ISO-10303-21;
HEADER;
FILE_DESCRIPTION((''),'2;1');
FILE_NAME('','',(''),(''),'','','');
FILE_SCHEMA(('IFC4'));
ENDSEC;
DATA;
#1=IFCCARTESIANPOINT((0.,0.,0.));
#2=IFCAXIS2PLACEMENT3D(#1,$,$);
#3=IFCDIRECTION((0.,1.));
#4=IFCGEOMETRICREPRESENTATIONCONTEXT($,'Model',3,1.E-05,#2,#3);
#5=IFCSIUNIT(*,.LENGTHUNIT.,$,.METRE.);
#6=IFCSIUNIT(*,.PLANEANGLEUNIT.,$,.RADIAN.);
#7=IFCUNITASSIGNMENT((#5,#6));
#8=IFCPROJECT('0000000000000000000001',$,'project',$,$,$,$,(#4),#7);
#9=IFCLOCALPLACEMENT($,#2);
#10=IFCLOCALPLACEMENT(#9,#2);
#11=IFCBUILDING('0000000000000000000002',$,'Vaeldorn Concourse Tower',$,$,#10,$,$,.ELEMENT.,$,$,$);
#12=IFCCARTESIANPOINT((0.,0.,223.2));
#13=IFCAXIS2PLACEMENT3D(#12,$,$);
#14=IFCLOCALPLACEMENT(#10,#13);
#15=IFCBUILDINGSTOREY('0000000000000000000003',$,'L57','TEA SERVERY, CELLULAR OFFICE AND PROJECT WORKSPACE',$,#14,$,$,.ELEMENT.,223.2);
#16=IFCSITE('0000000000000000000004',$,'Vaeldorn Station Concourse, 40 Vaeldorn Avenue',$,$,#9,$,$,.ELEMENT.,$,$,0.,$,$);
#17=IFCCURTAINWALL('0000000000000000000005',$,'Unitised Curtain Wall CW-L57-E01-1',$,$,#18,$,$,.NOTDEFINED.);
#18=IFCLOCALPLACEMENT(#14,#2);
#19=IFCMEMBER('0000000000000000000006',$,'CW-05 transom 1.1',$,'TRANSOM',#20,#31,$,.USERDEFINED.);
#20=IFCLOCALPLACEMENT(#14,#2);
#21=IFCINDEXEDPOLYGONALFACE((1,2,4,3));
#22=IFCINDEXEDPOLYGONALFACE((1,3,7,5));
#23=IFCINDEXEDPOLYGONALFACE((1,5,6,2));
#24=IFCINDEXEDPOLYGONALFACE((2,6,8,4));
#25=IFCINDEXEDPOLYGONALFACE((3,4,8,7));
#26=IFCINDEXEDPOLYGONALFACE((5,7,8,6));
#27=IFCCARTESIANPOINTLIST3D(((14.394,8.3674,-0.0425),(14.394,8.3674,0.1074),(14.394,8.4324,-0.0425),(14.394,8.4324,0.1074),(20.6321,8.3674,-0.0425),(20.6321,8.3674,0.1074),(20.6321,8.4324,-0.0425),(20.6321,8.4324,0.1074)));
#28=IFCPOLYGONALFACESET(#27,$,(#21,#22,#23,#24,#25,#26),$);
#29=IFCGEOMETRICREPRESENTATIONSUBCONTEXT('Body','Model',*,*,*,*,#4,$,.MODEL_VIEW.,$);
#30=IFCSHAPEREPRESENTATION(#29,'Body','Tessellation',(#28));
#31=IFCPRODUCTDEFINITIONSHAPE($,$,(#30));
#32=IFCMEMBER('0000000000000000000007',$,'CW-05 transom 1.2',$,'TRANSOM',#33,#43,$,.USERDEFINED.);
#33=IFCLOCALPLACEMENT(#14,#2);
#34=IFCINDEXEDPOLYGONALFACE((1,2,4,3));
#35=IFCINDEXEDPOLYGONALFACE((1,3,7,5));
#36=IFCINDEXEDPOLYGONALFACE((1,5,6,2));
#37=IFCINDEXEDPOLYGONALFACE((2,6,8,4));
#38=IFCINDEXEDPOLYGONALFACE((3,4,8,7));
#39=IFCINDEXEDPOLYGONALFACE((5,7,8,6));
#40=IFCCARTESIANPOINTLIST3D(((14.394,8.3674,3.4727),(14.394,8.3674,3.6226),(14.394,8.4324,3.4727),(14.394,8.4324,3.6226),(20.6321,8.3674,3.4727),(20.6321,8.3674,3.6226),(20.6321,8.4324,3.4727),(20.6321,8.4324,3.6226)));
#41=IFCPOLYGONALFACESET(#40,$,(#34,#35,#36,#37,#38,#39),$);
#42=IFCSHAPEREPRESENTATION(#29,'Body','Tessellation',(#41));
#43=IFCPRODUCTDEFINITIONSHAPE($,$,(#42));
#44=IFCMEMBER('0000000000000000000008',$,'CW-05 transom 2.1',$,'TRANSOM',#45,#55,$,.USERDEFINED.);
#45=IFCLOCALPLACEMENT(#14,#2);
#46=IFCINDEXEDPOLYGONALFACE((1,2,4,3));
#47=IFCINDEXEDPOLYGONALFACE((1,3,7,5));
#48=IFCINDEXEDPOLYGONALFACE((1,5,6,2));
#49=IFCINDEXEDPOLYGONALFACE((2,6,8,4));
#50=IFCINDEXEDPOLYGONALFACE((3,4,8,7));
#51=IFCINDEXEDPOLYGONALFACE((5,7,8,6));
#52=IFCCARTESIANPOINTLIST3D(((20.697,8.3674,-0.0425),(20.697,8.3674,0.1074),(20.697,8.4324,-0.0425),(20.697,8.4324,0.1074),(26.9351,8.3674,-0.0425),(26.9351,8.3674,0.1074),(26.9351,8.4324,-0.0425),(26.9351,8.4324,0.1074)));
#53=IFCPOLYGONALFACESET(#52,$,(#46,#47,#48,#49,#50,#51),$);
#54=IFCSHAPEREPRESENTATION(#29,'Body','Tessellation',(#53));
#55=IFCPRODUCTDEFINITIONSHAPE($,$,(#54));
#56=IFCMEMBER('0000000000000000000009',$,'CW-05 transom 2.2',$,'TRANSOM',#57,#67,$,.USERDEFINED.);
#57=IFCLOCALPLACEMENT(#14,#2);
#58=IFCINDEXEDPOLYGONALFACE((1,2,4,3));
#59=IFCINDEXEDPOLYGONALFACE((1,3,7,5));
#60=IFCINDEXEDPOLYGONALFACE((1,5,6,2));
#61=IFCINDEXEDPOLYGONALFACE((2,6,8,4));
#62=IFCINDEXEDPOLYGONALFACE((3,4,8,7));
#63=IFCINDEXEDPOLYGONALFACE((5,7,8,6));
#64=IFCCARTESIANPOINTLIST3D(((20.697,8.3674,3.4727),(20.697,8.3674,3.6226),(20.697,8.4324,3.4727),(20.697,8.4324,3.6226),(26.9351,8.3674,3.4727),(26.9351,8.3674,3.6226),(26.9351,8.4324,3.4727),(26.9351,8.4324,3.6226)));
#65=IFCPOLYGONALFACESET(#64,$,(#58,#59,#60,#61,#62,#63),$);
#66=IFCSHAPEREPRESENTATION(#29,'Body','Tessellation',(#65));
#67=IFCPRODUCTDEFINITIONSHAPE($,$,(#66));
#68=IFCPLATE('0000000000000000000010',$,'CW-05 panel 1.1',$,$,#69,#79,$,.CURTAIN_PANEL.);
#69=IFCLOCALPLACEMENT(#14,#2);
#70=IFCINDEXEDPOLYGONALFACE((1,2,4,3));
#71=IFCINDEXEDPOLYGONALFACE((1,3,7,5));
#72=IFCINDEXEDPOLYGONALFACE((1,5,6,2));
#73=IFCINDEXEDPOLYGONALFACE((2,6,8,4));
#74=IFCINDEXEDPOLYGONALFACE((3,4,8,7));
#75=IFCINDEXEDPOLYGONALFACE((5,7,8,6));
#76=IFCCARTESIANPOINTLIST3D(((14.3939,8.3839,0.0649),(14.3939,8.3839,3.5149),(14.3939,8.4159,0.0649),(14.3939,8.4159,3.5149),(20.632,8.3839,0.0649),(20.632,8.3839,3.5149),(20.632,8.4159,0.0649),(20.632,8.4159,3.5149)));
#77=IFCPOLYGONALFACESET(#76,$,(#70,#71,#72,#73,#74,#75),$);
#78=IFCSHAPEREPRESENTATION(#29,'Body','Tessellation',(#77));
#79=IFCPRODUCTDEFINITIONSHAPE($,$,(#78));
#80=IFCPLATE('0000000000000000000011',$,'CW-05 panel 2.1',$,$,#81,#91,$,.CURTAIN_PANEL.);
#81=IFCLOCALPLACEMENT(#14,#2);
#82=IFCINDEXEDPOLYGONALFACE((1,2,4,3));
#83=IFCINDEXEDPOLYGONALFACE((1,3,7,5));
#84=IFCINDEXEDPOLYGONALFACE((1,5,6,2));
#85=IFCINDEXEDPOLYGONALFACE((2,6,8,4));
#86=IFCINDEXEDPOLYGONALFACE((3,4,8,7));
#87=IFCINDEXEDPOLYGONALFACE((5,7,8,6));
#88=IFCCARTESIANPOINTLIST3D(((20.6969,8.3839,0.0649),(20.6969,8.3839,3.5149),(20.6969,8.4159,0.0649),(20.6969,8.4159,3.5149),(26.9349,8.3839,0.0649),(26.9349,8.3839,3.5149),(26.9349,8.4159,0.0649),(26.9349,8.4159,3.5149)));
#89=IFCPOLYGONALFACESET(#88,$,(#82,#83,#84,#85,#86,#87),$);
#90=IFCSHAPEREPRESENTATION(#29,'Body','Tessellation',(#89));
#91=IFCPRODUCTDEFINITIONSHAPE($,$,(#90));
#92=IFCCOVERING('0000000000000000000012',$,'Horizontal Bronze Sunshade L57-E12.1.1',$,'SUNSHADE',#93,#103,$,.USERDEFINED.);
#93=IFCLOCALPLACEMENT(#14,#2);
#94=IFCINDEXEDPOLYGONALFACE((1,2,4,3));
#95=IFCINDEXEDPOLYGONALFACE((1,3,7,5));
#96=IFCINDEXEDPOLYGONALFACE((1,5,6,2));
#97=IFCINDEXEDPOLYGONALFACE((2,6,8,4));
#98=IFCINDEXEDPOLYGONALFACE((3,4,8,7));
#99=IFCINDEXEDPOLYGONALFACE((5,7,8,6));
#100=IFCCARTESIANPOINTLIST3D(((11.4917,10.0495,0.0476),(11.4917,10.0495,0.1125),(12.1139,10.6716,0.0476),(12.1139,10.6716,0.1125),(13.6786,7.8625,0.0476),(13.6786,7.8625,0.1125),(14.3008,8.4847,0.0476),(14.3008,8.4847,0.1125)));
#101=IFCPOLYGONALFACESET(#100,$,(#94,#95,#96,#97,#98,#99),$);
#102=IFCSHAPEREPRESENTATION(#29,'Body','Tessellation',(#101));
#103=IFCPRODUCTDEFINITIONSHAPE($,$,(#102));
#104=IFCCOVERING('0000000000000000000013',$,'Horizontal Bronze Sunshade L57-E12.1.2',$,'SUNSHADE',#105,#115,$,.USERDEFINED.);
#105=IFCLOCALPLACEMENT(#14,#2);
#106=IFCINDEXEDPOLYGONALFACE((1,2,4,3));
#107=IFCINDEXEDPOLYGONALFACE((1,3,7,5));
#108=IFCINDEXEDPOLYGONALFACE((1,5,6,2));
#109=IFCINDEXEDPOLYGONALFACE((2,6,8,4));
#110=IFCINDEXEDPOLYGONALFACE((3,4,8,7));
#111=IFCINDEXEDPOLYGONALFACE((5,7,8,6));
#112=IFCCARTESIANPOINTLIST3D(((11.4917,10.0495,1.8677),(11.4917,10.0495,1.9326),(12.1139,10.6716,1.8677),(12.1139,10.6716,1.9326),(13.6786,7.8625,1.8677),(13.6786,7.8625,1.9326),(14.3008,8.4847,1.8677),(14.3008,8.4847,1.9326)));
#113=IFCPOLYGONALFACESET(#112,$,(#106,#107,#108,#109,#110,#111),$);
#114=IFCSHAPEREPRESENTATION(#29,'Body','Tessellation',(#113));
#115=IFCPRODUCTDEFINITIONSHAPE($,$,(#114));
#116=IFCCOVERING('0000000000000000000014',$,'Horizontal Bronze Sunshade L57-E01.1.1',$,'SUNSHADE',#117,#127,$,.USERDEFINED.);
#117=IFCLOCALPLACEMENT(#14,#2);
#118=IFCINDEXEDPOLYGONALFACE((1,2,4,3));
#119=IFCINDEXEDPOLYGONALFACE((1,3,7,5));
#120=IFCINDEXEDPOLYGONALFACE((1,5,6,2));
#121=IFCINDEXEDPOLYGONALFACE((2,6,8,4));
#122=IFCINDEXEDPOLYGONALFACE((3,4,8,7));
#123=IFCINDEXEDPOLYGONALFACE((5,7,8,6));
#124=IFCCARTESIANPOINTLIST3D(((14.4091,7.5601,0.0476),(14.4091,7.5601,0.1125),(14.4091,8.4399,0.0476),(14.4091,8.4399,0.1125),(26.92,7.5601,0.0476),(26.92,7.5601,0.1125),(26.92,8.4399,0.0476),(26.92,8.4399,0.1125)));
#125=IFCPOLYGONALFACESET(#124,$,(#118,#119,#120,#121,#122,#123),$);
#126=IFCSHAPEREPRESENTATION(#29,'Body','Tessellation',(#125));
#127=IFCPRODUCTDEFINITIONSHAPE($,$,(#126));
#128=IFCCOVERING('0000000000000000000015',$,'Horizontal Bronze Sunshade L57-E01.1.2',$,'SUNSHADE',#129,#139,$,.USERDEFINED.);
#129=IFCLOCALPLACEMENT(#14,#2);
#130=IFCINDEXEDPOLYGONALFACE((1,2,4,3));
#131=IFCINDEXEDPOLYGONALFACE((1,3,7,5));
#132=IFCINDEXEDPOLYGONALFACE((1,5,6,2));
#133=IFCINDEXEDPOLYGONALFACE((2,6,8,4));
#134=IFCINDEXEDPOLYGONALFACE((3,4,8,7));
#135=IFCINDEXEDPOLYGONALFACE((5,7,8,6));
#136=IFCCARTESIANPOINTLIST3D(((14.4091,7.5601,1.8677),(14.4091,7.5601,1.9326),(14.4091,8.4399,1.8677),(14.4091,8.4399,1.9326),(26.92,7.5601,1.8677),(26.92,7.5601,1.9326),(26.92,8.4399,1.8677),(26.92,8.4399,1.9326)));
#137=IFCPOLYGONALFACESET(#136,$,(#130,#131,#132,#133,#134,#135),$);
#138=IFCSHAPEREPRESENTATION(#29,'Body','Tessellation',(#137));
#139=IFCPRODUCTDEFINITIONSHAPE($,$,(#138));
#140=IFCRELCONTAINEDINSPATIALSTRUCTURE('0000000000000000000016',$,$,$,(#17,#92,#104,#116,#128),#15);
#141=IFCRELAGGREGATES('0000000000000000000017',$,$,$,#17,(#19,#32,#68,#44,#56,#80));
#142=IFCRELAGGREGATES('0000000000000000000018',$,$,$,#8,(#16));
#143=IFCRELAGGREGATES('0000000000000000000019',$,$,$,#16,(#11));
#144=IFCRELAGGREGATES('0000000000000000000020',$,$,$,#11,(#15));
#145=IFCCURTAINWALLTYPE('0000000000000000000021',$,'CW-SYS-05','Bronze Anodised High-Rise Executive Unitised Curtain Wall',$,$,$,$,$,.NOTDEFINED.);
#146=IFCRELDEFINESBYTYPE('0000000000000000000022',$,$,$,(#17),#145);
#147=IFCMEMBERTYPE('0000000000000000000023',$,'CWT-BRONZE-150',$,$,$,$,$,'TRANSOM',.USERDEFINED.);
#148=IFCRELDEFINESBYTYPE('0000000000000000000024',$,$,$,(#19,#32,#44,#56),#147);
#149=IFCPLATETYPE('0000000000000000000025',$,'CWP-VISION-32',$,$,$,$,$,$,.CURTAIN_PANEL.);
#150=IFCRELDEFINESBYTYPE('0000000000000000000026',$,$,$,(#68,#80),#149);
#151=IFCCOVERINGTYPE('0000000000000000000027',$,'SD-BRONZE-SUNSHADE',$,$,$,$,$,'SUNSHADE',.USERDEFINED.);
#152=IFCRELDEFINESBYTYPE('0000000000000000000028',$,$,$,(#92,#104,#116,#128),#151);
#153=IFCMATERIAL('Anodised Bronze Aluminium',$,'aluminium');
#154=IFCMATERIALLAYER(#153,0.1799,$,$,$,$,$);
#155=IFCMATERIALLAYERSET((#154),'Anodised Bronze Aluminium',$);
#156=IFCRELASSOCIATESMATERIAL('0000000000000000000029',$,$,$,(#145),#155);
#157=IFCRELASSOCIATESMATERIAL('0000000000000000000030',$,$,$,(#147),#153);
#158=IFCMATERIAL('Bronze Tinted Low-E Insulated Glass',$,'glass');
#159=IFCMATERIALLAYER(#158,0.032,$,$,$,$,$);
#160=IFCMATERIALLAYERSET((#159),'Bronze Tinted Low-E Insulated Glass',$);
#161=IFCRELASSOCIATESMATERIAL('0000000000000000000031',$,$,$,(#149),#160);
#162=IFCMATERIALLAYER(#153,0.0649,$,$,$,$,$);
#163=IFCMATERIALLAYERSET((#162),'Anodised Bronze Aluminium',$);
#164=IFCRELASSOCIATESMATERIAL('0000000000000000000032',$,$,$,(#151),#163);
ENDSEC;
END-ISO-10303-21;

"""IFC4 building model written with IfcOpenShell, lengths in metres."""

from ifc_helpers import new_model, si_unit, direction, frame, origin, origin_2d, place, context, subcontext, project, spatial, rectangle, extrude, source, transform, mapped, material, layer, layer_set, material_profile, profile_set, type_object, element, aggregate, save


model = new_model("IFC4")

# Units and contexts
model_context = context("Model", 3, precision=1e-05, world=origin(), true_north=direction((0.0, 1.0)))
body_context = subcontext(model_context, "Body", "Model", "MODEL_VIEW")
ifc_project = project(units=[si_unit("LENGTHUNIT", "METRE"), si_unit("PLANEANGLEUNIT", "RADIAN")], contexts=[model_context])

# Site, building, storey
site_placement = place(None, origin())
site = spatial("IfcSite", under=ifc_project, at=site_placement, Name="Vaeldorn Station Concourse, 40 Vaeldorn Avenue", CompositionType="ELEMENT", RefElevation=0.0)
building_placement = place(site_placement, origin())
building = spatial("IfcBuilding", under=site, at=building_placement, Name="Vaeldorn Concourse Tower", CompositionType="ELEMENT")
storey_placement = place(building_placement, frame((0.0, 0.0, 223.2)))
storey = spatial("IfcBuildingStorey", under=building, at=storey_placement, Name="L57", Description="TEA SERVERY, CELLULAR OFFICE AND PROJECT WORKSPACE", CompositionType="ELEMENT", Elevation=223.2)

# Curtain wall
ifc_material_1 = material(Name="Anodised Bronze Aluminium", Category="aluminium")
ifc_layer_1 = layer(ifc_material_1, 0.1799)
ifc_layer_set_1 = layer_set([ifc_layer_1], Name="Anodised Bronze Aluminium")
curtain_wall_type = type_object("IfcCurtainWallType", Name="CW-SYS-05", Description="Bronze Anodised High-Rise Executive Unitised Curtain Wall", PredefinedType="NOTDEFINED", material=ifc_layer_set_1)
ifc_material_profile_1 = material_profile(ifc_material_1, rectangle(XDim=0.0649, YDim=0.1499, at=origin_2d()), Name="CWT 65x150")
ifc_profile_set_1 = profile_set([ifc_material_profile_1], Name="Anodised Bronze Aluminium")
member_type_1 = type_object("IfcMemberType", Name="CWT-BRONZE-150", ElementType="TRANSOM", PredefinedType="USERDEFINED", material=ifc_profile_set_1)
curtain_wall_1_placement = place(storey_placement, origin())
curtain_wall_1 = element("IfcCurtainWall", 1, at=curtain_wall_1_placement, inside=storey, type_object=curtain_wall_type, Name="Unitised Curtain Wall CW-L57-E01-1", PredefinedType="NOTDEFINED")

# Members
shared_shape_1 = source(origin(), body_context, "Body", "SweptSolid", [
    extrude(rectangle(XDim=0.0649, YDim=0.1499, at=origin_2d()), origin(), (0.0, 0.0, 1.0), 6.238),
])
member_1_placement = place(storey_placement, frame((14.394, 8.3999, 0.0325), z_axis=(1.0, 0.0, 0.0), x_axis=(0.0, 1.0, 0.0)))
member_1 = element("IfcMember", 2, at=member_1_placement, type_object=member_type_1, Name="CW-05 transom 1.1", ObjectType="TRANSOM", PredefinedType="USERDEFINED", context=body_context, shape_type="MappedRepresentation", body=[
    mapped(shared_shape_1, transform((0.0, 0.0, 0.0), scale=1.0)),
])
member_2_placement = place(storey_placement, frame((14.394, 8.3999, 3.5476), z_axis=(1.0, 0.0, 0.0), x_axis=(0.0, 1.0, 0.0)))
member_2 = element("IfcMember", 3, at=member_2_placement, type_object=member_type_1, Name="CW-05 transom 1.2", ObjectType="TRANSOM", PredefinedType="USERDEFINED", context=body_context, shape_type="MappedRepresentation", body=[
    mapped(shared_shape_1, transform((0.0, 0.0, 0.0), scale=1.0)),
])
member_3_placement = place(storey_placement, frame((20.697, 8.3999, 0.0325), z_axis=(1.0, 0.0, 0.0), x_axis=(0.0, 1.0, 0.0)))
member_3 = element("IfcMember", 4, at=member_3_placement, type_object=member_type_1, Name="CW-05 transom 2.1", ObjectType="TRANSOM", PredefinedType="USERDEFINED", context=body_context, shape_type="MappedRepresentation", body=[
    mapped(shared_shape_1, transform((0.0, 0.0, 0.0), scale=1.0)),
])
member_4_placement = place(storey_placement, frame((20.697, 8.3999, 3.5476), z_axis=(1.0, 0.0, 0.0), x_axis=(0.0, 1.0, 0.0)))
member_4 = element("IfcMember", 5, at=member_4_placement, type_object=member_type_1, Name="CW-05 transom 2.2", ObjectType="TRANSOM", PredefinedType="USERDEFINED", context=body_context, shape_type="MappedRepresentation", body=[
    mapped(shared_shape_1, transform((0.0, 0.0, 0.0), scale=1.0)),
])

# Plates
ifc_material_2 = material(Name="Bronze Tinted Low-E Insulated Glass", Category="glass")
ifc_layer_2 = layer(ifc_material_2, 0.032)
ifc_layer_set_2 = layer_set([ifc_layer_2], Name="Bronze Tinted Low-E Insulated Glass")
plate_type = type_object("IfcPlateType", Name="CWP-VISION-32", PredefinedType="CURTAIN_PANEL", material=ifc_layer_set_2)
shared_shape_2 = source(origin(), body_context, "Body", "SweptSolid", [
    extrude(rectangle(XDim=6.238, YDim=0.032, at=origin_2d()), origin(), (0.0, 0.0, 1.0), 3.45),
])
plate_1_placement = place(storey_placement, frame((17.5129, 8.3999, 0.0649), z_axis=(0.0, 0.0, 1.0), x_axis=(1.0, 0.0, 0.0)))
plate_1 = element("IfcPlate", 6, at=plate_1_placement, type_object=plate_type, Name="CW-05 panel 1.1", PredefinedType="CURTAIN_PANEL", context=body_context, shape_type="MappedRepresentation", body=[
    mapped(shared_shape_2, transform((0.0, 0.0, 0.0), scale=1.0)),
])
plate_2_placement = place(storey_placement, frame((23.8159, 8.3999, 0.0649), z_axis=(0.0, 0.0, 1.0), x_axis=(1.0, 0.0, 0.0)))
plate_2 = element("IfcPlate", 7, at=plate_2_placement, type_object=plate_type, Name="CW-05 panel 2.1", PredefinedType="CURTAIN_PANEL", context=body_context, shape_type="MappedRepresentation", body=[
    mapped(shared_shape_2, transform((0.0, 0.0, 0.0), scale=1.0)),
])
aggregate(curtain_wall_1, [member_1, member_2, plate_1, member_3, member_4, plate_2])

# Coverings
ifc_layer_3 = layer(ifc_material_1, 0.0649)
ifc_layer_set_3 = layer_set([ifc_layer_3], Name="Anodised Bronze Aluminium")
covering_type = type_object("IfcCoveringType", Name="SD-BRONZE-SUNSHADE", ElementType="SUNSHADE", PredefinedType="USERDEFINED", material=ifc_layer_set_3)
shared_shape_3 = source(origin(), body_context, "Body", "SweptSolid", [
    extrude(rectangle(XDim=3.0928, YDim=0.8799, at=origin_2d()), origin(), (0.0, 0.0, 1.0), 0.0649),
])
for number, where, z_axis, x_axis, name in (
    (8, (12.8962, 9.2671, 0.0476), (0.0, 0.0, 1.0), (0.707107, -0.707107, 0.0), "Horizontal Bronze Sunshade L57-E12.1.1"),
    (9, (12.8962, 9.2671, 1.8677), (0.0, 0.0, 1.0), (0.707107, -0.707107, 0.0), "Horizontal Bronze Sunshade L57-E12.1.2"),
):
    element("IfcCovering", number, at=place(storey_placement, frame(where, z_axis=z_axis, x_axis=x_axis)), inside=storey, type_object=covering_type, Name=name, ObjectType="SUNSHADE", PredefinedType="USERDEFINED", context=body_context, shape_type="MappedRepresentation", body=[
        mapped(shared_shape_3, transform((0.0, 0.0, 0.0), scale=1.0)),
    ])
shared_shape_4 = source(origin(), body_context, "Body", "SweptSolid", [
    extrude(rectangle(XDim=12.511, YDim=0.8799, at=origin_2d()), origin(), (0.0, 0.0, 1.0), 0.0649),
])
for number, where, z_axis, x_axis, name in (
    (10, (20.6646, 8.0, 0.0476), (0.0, 0.0, 1.0), (1.0, 0.0, 0.0), "Horizontal Bronze Sunshade L57-E01.1.1"),
    (11, (20.6646, 8.0, 1.8677), (0.0, 0.0, 1.0), (1.0, 0.0, 0.0), "Horizontal Bronze Sunshade L57-E01.1.2"),
):
    element("IfcCovering", number, at=place(storey_placement, frame(where, z_axis=z_axis, x_axis=x_axis)), inside=storey, type_object=covering_type, Name=name, ObjectType="SUNSHADE", PredefinedType="USERDEFINED", context=body_context, shape_type="MappedRepresentation", body=[
        mapped(shared_shape_4, transform((0.0, 0.0, 0.0), scale=1.0)),
    ])

save(model, "model.ifc")
